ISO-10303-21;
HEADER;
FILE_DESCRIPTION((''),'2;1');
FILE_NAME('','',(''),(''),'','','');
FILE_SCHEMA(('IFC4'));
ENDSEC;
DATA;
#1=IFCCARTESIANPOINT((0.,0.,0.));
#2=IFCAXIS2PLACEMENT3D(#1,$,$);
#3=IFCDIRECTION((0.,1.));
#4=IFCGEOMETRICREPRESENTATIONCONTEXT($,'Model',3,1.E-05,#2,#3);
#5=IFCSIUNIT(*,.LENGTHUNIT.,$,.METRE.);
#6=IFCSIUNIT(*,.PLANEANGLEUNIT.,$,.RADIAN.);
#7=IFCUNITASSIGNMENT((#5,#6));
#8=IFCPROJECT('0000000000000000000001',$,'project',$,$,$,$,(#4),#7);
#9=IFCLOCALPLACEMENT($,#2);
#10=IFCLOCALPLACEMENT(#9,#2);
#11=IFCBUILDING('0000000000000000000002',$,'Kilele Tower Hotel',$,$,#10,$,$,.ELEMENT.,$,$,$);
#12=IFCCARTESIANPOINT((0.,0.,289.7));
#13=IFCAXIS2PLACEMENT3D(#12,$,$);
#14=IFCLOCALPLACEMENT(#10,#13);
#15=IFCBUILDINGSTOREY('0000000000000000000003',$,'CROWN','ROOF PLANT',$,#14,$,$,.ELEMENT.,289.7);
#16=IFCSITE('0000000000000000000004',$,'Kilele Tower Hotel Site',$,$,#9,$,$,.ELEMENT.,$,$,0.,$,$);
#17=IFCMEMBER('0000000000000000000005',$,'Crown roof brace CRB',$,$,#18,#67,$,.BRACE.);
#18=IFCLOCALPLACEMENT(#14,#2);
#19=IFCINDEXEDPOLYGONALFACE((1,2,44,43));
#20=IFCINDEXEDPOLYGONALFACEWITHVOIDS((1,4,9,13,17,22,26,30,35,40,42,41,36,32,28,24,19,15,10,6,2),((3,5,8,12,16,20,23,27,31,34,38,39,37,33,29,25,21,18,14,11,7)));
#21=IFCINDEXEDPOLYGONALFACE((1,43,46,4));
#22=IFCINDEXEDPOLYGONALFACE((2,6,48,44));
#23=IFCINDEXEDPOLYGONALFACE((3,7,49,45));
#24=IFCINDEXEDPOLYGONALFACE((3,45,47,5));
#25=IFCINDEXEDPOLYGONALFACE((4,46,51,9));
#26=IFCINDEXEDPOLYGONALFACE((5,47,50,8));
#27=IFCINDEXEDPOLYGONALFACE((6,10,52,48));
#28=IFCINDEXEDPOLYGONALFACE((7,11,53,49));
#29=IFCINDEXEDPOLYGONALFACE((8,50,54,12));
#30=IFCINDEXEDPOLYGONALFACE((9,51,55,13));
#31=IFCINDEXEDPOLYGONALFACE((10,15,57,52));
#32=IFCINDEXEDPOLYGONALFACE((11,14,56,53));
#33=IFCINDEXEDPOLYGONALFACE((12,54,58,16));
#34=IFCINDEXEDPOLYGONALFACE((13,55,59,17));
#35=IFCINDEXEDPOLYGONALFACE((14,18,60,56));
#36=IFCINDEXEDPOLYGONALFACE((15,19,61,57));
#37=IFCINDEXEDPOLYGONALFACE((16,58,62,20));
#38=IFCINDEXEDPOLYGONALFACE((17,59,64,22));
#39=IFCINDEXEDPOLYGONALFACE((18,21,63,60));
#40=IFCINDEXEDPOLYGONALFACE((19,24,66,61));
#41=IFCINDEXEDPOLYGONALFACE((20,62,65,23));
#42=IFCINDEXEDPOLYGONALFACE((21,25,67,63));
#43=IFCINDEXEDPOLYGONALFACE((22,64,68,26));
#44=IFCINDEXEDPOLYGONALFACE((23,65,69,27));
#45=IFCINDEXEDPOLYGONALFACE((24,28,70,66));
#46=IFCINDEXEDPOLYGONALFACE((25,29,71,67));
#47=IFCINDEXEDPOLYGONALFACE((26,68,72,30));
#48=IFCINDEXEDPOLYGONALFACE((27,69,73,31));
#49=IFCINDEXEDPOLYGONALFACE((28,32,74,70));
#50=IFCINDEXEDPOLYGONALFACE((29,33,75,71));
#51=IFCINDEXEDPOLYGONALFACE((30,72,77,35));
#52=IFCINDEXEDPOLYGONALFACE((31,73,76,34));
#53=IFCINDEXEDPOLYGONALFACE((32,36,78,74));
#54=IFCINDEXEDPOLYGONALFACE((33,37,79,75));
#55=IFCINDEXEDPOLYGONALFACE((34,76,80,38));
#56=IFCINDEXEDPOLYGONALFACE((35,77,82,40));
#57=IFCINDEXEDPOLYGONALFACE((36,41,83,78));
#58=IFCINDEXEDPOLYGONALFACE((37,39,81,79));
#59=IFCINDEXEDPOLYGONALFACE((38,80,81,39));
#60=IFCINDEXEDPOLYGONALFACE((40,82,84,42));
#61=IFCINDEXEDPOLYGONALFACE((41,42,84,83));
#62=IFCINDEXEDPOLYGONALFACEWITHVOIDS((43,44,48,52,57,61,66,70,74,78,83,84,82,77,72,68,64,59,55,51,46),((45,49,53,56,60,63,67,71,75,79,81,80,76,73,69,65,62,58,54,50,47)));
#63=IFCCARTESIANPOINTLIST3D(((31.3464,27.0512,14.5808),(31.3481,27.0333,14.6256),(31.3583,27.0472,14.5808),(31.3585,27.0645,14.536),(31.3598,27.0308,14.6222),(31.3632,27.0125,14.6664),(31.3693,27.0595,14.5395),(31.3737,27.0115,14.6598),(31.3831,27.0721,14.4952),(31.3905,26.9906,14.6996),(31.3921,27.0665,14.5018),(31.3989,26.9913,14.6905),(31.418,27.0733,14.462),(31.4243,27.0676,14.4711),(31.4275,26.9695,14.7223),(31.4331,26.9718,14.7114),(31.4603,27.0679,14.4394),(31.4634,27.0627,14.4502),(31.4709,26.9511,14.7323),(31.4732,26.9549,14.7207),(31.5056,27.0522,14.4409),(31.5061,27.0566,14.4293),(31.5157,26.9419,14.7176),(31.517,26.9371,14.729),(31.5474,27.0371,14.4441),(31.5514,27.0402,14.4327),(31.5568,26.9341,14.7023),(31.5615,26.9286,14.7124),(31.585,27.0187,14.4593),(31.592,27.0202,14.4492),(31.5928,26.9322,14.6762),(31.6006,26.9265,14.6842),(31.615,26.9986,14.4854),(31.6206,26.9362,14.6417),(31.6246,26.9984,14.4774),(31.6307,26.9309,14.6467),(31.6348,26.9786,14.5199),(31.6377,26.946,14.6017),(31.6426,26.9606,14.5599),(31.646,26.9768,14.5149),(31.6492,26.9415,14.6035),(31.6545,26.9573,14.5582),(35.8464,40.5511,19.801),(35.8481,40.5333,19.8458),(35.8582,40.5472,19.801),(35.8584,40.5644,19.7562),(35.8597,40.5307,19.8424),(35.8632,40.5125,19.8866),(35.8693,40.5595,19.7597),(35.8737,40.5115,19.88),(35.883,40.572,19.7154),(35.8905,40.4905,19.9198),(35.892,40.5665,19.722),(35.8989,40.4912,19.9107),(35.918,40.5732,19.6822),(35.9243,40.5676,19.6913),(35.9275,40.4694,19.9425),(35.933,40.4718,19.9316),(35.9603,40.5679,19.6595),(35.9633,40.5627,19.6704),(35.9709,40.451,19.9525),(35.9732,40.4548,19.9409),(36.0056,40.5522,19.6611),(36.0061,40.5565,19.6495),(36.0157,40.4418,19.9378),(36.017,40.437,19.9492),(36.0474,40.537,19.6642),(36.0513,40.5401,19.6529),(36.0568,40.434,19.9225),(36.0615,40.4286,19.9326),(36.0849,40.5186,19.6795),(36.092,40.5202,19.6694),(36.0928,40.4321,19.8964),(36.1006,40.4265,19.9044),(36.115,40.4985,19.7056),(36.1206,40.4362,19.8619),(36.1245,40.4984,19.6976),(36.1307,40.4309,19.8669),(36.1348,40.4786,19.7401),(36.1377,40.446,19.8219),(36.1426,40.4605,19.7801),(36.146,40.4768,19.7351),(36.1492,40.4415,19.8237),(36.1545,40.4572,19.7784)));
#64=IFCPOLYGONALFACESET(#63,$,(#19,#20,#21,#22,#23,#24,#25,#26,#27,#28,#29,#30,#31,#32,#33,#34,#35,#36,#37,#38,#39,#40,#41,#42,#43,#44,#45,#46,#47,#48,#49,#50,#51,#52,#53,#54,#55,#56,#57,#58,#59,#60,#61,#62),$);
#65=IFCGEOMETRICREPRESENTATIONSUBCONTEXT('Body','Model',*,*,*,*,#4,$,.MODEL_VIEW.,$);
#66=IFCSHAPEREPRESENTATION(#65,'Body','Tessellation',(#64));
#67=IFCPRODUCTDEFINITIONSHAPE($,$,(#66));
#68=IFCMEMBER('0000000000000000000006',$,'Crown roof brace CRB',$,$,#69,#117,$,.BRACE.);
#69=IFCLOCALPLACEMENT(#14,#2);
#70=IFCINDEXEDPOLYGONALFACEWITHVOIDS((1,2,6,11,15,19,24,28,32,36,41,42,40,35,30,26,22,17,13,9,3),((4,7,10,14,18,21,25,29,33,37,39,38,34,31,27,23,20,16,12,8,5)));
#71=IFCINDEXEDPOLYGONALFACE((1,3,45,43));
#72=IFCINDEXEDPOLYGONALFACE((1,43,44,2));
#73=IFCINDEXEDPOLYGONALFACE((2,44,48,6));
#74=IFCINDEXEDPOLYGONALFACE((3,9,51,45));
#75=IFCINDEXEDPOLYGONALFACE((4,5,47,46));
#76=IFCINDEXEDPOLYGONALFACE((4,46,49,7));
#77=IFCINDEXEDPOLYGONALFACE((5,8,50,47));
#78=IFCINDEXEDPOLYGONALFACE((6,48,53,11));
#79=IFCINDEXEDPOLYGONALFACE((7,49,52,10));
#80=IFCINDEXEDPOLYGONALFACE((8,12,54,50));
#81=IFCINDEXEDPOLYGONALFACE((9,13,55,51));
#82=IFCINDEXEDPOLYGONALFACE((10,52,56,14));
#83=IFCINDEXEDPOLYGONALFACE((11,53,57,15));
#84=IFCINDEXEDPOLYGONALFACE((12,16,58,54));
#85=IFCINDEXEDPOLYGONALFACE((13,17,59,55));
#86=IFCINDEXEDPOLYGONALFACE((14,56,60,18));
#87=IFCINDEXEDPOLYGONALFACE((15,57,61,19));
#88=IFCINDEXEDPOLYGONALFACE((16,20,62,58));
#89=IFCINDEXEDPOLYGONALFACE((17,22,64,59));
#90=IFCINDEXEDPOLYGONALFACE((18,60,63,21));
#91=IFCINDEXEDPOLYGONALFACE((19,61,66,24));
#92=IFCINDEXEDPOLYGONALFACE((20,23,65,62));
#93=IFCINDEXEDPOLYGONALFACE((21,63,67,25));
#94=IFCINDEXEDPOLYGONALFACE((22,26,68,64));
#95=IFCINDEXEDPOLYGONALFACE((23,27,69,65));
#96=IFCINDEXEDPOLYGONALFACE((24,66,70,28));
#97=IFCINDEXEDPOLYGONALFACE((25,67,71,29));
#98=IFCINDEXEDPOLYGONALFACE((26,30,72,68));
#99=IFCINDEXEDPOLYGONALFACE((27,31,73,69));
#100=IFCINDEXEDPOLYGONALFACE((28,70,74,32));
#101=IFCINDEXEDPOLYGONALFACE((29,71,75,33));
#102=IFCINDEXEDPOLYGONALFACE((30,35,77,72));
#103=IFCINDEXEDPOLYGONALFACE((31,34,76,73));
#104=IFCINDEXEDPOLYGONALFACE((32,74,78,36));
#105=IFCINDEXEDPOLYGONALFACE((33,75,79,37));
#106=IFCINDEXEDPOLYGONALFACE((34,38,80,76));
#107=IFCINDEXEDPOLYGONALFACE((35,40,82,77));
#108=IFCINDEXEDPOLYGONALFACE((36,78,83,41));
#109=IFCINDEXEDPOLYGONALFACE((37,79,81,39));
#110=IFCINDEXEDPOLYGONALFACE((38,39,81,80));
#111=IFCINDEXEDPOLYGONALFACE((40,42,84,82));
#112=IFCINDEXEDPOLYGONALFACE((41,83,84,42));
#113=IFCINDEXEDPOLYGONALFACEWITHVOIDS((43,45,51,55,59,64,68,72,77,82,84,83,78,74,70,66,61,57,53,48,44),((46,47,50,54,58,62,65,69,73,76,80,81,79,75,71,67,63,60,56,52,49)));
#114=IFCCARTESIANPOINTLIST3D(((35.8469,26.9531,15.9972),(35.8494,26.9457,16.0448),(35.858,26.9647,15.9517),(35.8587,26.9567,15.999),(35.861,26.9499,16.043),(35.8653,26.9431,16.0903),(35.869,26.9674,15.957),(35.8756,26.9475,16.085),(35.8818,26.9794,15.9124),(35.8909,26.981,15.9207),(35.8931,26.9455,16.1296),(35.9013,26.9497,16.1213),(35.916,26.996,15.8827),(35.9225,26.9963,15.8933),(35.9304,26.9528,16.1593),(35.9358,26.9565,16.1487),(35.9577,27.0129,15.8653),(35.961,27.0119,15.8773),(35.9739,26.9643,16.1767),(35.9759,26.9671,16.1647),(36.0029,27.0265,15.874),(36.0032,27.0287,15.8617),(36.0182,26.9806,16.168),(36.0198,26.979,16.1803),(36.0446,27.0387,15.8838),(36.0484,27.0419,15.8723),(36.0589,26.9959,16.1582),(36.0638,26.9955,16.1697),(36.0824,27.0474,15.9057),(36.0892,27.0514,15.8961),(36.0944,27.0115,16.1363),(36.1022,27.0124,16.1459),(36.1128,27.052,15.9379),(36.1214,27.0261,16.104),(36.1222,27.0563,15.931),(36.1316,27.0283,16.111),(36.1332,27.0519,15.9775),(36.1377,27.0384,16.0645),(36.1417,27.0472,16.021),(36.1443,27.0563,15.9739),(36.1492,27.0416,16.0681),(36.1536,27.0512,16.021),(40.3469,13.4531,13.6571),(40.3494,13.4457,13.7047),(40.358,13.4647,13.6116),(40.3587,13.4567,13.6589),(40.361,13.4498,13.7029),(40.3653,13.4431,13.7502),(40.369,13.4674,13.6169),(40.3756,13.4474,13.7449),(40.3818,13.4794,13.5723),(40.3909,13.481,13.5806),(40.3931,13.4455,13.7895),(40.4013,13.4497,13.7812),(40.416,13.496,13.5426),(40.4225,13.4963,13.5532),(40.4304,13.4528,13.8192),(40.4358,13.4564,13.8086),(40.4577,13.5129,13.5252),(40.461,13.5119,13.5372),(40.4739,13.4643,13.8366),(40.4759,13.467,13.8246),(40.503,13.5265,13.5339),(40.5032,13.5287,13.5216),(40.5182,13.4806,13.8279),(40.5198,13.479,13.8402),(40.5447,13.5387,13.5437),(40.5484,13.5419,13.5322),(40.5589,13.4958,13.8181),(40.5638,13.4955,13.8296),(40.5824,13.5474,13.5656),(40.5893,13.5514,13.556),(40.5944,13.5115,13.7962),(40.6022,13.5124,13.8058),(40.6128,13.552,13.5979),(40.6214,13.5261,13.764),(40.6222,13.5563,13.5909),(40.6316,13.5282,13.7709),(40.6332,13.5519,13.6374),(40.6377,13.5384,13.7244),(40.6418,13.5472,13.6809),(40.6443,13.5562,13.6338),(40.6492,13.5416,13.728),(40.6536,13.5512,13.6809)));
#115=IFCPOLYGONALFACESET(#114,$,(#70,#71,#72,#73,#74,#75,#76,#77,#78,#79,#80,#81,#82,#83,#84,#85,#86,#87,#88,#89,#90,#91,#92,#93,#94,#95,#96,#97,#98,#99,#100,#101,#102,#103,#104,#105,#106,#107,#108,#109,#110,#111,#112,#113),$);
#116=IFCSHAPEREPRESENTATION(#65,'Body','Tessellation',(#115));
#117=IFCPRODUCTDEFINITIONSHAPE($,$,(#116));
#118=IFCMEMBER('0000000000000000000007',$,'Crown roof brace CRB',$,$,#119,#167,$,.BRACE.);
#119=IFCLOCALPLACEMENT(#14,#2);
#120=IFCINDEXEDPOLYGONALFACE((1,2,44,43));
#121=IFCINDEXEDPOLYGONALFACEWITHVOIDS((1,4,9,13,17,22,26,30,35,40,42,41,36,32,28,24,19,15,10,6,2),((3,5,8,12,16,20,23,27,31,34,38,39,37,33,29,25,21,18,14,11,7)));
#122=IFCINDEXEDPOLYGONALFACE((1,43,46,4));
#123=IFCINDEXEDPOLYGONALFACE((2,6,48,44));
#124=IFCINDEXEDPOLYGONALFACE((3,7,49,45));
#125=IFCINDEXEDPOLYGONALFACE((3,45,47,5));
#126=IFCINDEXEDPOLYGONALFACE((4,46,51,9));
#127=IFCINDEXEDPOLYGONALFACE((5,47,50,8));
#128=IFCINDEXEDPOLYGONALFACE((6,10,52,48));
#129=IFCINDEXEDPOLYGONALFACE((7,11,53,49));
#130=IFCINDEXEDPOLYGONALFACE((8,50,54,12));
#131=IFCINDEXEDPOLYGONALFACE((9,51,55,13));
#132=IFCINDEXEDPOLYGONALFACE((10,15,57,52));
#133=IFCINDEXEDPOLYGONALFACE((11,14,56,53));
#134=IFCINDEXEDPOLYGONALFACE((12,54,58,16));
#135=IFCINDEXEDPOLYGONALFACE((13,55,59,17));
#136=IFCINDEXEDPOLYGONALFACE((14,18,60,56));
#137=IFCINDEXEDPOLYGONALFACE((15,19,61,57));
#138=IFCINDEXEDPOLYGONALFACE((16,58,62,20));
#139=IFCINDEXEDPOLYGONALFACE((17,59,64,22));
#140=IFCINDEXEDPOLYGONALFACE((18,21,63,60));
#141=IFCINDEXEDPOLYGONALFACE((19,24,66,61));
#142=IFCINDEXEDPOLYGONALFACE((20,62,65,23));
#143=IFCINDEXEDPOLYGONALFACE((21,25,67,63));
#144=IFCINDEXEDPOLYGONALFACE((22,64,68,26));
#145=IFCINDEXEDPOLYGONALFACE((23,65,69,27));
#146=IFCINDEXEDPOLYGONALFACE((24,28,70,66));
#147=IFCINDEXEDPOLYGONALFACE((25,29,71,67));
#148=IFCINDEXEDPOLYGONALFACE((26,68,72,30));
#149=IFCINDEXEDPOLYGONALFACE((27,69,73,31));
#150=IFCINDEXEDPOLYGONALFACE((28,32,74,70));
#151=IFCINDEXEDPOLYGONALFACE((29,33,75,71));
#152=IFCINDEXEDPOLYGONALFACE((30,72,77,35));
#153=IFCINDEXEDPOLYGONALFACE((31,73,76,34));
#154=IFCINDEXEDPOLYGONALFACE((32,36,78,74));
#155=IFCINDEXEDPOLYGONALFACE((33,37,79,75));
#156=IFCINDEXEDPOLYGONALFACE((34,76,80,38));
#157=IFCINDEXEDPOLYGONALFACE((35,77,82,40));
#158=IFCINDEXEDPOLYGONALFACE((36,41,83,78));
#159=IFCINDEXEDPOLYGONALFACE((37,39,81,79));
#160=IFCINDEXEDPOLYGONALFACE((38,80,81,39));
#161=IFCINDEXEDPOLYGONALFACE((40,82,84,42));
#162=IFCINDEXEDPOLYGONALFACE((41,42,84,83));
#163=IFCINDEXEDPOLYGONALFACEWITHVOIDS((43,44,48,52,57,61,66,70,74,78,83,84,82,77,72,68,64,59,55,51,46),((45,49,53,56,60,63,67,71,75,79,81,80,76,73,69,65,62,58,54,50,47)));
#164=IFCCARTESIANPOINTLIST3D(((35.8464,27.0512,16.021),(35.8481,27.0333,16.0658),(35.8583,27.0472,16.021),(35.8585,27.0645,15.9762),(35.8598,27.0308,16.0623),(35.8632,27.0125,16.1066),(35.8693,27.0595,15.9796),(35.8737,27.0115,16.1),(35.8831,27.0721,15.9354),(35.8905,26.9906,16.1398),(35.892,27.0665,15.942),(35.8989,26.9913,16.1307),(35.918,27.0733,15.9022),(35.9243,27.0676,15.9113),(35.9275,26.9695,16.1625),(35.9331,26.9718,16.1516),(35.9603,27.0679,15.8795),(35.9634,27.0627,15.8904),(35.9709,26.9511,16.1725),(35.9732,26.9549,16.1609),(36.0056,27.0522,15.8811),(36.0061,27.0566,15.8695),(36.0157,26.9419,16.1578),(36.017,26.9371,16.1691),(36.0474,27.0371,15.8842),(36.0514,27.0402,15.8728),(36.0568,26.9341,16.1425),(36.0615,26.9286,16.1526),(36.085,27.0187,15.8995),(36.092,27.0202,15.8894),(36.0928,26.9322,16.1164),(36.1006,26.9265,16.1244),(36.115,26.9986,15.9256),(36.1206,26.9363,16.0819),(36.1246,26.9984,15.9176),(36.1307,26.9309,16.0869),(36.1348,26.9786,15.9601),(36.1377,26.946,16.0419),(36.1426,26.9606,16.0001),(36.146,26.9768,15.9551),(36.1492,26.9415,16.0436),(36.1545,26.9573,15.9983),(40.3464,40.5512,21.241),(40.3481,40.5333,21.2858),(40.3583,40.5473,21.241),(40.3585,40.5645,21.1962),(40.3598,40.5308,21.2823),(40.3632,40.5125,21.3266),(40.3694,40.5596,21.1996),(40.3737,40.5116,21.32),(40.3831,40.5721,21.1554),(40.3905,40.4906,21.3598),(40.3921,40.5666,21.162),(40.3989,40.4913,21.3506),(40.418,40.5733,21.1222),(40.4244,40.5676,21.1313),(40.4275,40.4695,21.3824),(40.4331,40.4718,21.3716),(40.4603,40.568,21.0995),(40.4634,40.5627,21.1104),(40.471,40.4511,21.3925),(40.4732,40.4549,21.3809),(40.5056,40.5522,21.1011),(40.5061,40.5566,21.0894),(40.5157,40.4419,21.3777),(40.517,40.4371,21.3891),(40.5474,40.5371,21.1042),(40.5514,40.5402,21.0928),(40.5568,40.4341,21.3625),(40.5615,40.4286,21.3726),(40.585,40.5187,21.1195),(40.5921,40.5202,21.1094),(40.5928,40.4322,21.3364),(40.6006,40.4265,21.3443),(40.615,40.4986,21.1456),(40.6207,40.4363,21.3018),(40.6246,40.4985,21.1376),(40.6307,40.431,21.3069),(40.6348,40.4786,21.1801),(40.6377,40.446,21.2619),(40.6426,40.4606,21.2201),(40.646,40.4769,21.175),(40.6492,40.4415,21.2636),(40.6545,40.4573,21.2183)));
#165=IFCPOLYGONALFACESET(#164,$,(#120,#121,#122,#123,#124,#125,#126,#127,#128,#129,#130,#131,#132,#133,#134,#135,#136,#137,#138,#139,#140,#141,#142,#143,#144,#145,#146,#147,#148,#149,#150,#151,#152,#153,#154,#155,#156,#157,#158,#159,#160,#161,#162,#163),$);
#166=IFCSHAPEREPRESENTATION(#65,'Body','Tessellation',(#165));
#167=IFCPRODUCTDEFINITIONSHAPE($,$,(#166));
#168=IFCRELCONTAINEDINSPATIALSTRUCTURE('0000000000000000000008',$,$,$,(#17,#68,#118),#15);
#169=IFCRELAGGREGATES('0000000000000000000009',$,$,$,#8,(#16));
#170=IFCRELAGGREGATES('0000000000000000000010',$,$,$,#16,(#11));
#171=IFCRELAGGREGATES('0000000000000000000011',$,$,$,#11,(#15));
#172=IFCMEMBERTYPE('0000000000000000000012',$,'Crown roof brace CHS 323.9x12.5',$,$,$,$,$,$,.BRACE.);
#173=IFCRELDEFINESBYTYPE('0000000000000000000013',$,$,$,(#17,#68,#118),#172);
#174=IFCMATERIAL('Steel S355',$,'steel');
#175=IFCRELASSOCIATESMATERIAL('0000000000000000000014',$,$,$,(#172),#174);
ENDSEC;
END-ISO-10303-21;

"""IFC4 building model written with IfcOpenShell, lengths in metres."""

from ifc_helpers import new_model, si_unit, direction, frame, origin, origin_2d, place, context, subcontext, project, spatial, hollow_circle, extrude, material, material_profile, profile_set, type_object, element, save


model = new_model("IFC4")

# Units and contexts
model_context = context("Model", 3, precision=1e-05, world=origin(), true_north=direction((0.0, 1.0)))
body_context = subcontext(model_context, "Body", "Model", "MODEL_VIEW")
ifc_project = project(units=[si_unit("LENGTHUNIT", "METRE"), si_unit("PLANEANGLEUNIT", "RADIAN")], contexts=[model_context])

# Site, building, storey
site_placement = place(None, origin())
site = spatial("IfcSite", under=ifc_project, at=site_placement, Name="Kilele Tower Hotel Site", CompositionType="ELEMENT", RefElevation=0.0)
building_placement = place(site_placement, origin())
building = spatial("IfcBuilding", under=site, at=building_placement, Name="Kilele Tower Hotel", CompositionType="ELEMENT")
storey_placement = place(building_placement, frame((0.0, 0.0, 289.7)))
storey = spatial("IfcBuildingStorey", under=building, at=storey_placement, Name="CROWN", Description="ROOF PLANT", CompositionType="ELEMENT", Elevation=289.7)

# Members
ifc_material_1 = material(Name="Steel S355", Category="steel")
ifc_material_profile_1 = material_profile(ifc_material_1, hollow_circle(Radius=0.1619, WallThickness=0.0125, at=origin_2d()))
ifc_profile_set_1 = profile_set([ifc_material_profile_1], Name="Steel S355")
member_type_1 = type_object("IfcMemberType", Name="Crown roof brace CHS 323.9x12.5", PredefinedType="BRACE", material=ifc_profile_set_1)
member_1_placement = place(storey_placement, frame((31.5, 27.0, 14.5808), z_axis=(0.296882, 0.890647, 0.344398), x_axis=(-0.948683, 0.316228, 0.0)))
element("IfcMember", 1, at=member_1_placement, inside=storey, type_object=member_type_1, Name="Crown roof brace CRB", PredefinedType="BRACE", context=body_context, shape_type="SweptSolid", body=[
    extrude(hollow_circle(Radius=0.1619, WallThickness=0.0125, at=origin_2d()), origin(), (0.0, 0.0, 1.0), 15.1575),
])
member_2_placement = place(storey_placement, frame((36.0, 27.0, 16.021), z_axis=(0.312037, -0.936111, -0.162265), x_axis=(0.948683, 0.316228, 0.0)))
element("IfcMember", 2, at=member_2_placement, inside=storey, type_object=member_type_1, Name="Crown roof brace CRB", PredefinedType="BRACE", context=body_context, shape_type="SweptSolid", body=[
    extrude(hollow_circle(Radius=0.1619, WallThickness=0.0125, at=origin_2d()), origin(), (0.0, 0.0, 1.0), 14.4214),
])
member_3_placement = place(storey_placement, frame((36.0, 27.0, 16.021), z_axis=(0.296884, 0.890652, 0.344383), x_axis=(-0.948683, 0.316228, 0.0)))
element("IfcMember", 3, at=member_3_placement, inside=storey, type_object=member_type_1, Name="Crown roof brace CRB", PredefinedType="BRACE", context=body_context, shape_type="SweptSolid", body=[
    extrude(hollow_circle(Radius=0.1619, WallThickness=0.0125, at=origin_2d()), origin(), (0.0, 0.0, 1.0), 15.1575),
])

save(model, "model.ifc")
